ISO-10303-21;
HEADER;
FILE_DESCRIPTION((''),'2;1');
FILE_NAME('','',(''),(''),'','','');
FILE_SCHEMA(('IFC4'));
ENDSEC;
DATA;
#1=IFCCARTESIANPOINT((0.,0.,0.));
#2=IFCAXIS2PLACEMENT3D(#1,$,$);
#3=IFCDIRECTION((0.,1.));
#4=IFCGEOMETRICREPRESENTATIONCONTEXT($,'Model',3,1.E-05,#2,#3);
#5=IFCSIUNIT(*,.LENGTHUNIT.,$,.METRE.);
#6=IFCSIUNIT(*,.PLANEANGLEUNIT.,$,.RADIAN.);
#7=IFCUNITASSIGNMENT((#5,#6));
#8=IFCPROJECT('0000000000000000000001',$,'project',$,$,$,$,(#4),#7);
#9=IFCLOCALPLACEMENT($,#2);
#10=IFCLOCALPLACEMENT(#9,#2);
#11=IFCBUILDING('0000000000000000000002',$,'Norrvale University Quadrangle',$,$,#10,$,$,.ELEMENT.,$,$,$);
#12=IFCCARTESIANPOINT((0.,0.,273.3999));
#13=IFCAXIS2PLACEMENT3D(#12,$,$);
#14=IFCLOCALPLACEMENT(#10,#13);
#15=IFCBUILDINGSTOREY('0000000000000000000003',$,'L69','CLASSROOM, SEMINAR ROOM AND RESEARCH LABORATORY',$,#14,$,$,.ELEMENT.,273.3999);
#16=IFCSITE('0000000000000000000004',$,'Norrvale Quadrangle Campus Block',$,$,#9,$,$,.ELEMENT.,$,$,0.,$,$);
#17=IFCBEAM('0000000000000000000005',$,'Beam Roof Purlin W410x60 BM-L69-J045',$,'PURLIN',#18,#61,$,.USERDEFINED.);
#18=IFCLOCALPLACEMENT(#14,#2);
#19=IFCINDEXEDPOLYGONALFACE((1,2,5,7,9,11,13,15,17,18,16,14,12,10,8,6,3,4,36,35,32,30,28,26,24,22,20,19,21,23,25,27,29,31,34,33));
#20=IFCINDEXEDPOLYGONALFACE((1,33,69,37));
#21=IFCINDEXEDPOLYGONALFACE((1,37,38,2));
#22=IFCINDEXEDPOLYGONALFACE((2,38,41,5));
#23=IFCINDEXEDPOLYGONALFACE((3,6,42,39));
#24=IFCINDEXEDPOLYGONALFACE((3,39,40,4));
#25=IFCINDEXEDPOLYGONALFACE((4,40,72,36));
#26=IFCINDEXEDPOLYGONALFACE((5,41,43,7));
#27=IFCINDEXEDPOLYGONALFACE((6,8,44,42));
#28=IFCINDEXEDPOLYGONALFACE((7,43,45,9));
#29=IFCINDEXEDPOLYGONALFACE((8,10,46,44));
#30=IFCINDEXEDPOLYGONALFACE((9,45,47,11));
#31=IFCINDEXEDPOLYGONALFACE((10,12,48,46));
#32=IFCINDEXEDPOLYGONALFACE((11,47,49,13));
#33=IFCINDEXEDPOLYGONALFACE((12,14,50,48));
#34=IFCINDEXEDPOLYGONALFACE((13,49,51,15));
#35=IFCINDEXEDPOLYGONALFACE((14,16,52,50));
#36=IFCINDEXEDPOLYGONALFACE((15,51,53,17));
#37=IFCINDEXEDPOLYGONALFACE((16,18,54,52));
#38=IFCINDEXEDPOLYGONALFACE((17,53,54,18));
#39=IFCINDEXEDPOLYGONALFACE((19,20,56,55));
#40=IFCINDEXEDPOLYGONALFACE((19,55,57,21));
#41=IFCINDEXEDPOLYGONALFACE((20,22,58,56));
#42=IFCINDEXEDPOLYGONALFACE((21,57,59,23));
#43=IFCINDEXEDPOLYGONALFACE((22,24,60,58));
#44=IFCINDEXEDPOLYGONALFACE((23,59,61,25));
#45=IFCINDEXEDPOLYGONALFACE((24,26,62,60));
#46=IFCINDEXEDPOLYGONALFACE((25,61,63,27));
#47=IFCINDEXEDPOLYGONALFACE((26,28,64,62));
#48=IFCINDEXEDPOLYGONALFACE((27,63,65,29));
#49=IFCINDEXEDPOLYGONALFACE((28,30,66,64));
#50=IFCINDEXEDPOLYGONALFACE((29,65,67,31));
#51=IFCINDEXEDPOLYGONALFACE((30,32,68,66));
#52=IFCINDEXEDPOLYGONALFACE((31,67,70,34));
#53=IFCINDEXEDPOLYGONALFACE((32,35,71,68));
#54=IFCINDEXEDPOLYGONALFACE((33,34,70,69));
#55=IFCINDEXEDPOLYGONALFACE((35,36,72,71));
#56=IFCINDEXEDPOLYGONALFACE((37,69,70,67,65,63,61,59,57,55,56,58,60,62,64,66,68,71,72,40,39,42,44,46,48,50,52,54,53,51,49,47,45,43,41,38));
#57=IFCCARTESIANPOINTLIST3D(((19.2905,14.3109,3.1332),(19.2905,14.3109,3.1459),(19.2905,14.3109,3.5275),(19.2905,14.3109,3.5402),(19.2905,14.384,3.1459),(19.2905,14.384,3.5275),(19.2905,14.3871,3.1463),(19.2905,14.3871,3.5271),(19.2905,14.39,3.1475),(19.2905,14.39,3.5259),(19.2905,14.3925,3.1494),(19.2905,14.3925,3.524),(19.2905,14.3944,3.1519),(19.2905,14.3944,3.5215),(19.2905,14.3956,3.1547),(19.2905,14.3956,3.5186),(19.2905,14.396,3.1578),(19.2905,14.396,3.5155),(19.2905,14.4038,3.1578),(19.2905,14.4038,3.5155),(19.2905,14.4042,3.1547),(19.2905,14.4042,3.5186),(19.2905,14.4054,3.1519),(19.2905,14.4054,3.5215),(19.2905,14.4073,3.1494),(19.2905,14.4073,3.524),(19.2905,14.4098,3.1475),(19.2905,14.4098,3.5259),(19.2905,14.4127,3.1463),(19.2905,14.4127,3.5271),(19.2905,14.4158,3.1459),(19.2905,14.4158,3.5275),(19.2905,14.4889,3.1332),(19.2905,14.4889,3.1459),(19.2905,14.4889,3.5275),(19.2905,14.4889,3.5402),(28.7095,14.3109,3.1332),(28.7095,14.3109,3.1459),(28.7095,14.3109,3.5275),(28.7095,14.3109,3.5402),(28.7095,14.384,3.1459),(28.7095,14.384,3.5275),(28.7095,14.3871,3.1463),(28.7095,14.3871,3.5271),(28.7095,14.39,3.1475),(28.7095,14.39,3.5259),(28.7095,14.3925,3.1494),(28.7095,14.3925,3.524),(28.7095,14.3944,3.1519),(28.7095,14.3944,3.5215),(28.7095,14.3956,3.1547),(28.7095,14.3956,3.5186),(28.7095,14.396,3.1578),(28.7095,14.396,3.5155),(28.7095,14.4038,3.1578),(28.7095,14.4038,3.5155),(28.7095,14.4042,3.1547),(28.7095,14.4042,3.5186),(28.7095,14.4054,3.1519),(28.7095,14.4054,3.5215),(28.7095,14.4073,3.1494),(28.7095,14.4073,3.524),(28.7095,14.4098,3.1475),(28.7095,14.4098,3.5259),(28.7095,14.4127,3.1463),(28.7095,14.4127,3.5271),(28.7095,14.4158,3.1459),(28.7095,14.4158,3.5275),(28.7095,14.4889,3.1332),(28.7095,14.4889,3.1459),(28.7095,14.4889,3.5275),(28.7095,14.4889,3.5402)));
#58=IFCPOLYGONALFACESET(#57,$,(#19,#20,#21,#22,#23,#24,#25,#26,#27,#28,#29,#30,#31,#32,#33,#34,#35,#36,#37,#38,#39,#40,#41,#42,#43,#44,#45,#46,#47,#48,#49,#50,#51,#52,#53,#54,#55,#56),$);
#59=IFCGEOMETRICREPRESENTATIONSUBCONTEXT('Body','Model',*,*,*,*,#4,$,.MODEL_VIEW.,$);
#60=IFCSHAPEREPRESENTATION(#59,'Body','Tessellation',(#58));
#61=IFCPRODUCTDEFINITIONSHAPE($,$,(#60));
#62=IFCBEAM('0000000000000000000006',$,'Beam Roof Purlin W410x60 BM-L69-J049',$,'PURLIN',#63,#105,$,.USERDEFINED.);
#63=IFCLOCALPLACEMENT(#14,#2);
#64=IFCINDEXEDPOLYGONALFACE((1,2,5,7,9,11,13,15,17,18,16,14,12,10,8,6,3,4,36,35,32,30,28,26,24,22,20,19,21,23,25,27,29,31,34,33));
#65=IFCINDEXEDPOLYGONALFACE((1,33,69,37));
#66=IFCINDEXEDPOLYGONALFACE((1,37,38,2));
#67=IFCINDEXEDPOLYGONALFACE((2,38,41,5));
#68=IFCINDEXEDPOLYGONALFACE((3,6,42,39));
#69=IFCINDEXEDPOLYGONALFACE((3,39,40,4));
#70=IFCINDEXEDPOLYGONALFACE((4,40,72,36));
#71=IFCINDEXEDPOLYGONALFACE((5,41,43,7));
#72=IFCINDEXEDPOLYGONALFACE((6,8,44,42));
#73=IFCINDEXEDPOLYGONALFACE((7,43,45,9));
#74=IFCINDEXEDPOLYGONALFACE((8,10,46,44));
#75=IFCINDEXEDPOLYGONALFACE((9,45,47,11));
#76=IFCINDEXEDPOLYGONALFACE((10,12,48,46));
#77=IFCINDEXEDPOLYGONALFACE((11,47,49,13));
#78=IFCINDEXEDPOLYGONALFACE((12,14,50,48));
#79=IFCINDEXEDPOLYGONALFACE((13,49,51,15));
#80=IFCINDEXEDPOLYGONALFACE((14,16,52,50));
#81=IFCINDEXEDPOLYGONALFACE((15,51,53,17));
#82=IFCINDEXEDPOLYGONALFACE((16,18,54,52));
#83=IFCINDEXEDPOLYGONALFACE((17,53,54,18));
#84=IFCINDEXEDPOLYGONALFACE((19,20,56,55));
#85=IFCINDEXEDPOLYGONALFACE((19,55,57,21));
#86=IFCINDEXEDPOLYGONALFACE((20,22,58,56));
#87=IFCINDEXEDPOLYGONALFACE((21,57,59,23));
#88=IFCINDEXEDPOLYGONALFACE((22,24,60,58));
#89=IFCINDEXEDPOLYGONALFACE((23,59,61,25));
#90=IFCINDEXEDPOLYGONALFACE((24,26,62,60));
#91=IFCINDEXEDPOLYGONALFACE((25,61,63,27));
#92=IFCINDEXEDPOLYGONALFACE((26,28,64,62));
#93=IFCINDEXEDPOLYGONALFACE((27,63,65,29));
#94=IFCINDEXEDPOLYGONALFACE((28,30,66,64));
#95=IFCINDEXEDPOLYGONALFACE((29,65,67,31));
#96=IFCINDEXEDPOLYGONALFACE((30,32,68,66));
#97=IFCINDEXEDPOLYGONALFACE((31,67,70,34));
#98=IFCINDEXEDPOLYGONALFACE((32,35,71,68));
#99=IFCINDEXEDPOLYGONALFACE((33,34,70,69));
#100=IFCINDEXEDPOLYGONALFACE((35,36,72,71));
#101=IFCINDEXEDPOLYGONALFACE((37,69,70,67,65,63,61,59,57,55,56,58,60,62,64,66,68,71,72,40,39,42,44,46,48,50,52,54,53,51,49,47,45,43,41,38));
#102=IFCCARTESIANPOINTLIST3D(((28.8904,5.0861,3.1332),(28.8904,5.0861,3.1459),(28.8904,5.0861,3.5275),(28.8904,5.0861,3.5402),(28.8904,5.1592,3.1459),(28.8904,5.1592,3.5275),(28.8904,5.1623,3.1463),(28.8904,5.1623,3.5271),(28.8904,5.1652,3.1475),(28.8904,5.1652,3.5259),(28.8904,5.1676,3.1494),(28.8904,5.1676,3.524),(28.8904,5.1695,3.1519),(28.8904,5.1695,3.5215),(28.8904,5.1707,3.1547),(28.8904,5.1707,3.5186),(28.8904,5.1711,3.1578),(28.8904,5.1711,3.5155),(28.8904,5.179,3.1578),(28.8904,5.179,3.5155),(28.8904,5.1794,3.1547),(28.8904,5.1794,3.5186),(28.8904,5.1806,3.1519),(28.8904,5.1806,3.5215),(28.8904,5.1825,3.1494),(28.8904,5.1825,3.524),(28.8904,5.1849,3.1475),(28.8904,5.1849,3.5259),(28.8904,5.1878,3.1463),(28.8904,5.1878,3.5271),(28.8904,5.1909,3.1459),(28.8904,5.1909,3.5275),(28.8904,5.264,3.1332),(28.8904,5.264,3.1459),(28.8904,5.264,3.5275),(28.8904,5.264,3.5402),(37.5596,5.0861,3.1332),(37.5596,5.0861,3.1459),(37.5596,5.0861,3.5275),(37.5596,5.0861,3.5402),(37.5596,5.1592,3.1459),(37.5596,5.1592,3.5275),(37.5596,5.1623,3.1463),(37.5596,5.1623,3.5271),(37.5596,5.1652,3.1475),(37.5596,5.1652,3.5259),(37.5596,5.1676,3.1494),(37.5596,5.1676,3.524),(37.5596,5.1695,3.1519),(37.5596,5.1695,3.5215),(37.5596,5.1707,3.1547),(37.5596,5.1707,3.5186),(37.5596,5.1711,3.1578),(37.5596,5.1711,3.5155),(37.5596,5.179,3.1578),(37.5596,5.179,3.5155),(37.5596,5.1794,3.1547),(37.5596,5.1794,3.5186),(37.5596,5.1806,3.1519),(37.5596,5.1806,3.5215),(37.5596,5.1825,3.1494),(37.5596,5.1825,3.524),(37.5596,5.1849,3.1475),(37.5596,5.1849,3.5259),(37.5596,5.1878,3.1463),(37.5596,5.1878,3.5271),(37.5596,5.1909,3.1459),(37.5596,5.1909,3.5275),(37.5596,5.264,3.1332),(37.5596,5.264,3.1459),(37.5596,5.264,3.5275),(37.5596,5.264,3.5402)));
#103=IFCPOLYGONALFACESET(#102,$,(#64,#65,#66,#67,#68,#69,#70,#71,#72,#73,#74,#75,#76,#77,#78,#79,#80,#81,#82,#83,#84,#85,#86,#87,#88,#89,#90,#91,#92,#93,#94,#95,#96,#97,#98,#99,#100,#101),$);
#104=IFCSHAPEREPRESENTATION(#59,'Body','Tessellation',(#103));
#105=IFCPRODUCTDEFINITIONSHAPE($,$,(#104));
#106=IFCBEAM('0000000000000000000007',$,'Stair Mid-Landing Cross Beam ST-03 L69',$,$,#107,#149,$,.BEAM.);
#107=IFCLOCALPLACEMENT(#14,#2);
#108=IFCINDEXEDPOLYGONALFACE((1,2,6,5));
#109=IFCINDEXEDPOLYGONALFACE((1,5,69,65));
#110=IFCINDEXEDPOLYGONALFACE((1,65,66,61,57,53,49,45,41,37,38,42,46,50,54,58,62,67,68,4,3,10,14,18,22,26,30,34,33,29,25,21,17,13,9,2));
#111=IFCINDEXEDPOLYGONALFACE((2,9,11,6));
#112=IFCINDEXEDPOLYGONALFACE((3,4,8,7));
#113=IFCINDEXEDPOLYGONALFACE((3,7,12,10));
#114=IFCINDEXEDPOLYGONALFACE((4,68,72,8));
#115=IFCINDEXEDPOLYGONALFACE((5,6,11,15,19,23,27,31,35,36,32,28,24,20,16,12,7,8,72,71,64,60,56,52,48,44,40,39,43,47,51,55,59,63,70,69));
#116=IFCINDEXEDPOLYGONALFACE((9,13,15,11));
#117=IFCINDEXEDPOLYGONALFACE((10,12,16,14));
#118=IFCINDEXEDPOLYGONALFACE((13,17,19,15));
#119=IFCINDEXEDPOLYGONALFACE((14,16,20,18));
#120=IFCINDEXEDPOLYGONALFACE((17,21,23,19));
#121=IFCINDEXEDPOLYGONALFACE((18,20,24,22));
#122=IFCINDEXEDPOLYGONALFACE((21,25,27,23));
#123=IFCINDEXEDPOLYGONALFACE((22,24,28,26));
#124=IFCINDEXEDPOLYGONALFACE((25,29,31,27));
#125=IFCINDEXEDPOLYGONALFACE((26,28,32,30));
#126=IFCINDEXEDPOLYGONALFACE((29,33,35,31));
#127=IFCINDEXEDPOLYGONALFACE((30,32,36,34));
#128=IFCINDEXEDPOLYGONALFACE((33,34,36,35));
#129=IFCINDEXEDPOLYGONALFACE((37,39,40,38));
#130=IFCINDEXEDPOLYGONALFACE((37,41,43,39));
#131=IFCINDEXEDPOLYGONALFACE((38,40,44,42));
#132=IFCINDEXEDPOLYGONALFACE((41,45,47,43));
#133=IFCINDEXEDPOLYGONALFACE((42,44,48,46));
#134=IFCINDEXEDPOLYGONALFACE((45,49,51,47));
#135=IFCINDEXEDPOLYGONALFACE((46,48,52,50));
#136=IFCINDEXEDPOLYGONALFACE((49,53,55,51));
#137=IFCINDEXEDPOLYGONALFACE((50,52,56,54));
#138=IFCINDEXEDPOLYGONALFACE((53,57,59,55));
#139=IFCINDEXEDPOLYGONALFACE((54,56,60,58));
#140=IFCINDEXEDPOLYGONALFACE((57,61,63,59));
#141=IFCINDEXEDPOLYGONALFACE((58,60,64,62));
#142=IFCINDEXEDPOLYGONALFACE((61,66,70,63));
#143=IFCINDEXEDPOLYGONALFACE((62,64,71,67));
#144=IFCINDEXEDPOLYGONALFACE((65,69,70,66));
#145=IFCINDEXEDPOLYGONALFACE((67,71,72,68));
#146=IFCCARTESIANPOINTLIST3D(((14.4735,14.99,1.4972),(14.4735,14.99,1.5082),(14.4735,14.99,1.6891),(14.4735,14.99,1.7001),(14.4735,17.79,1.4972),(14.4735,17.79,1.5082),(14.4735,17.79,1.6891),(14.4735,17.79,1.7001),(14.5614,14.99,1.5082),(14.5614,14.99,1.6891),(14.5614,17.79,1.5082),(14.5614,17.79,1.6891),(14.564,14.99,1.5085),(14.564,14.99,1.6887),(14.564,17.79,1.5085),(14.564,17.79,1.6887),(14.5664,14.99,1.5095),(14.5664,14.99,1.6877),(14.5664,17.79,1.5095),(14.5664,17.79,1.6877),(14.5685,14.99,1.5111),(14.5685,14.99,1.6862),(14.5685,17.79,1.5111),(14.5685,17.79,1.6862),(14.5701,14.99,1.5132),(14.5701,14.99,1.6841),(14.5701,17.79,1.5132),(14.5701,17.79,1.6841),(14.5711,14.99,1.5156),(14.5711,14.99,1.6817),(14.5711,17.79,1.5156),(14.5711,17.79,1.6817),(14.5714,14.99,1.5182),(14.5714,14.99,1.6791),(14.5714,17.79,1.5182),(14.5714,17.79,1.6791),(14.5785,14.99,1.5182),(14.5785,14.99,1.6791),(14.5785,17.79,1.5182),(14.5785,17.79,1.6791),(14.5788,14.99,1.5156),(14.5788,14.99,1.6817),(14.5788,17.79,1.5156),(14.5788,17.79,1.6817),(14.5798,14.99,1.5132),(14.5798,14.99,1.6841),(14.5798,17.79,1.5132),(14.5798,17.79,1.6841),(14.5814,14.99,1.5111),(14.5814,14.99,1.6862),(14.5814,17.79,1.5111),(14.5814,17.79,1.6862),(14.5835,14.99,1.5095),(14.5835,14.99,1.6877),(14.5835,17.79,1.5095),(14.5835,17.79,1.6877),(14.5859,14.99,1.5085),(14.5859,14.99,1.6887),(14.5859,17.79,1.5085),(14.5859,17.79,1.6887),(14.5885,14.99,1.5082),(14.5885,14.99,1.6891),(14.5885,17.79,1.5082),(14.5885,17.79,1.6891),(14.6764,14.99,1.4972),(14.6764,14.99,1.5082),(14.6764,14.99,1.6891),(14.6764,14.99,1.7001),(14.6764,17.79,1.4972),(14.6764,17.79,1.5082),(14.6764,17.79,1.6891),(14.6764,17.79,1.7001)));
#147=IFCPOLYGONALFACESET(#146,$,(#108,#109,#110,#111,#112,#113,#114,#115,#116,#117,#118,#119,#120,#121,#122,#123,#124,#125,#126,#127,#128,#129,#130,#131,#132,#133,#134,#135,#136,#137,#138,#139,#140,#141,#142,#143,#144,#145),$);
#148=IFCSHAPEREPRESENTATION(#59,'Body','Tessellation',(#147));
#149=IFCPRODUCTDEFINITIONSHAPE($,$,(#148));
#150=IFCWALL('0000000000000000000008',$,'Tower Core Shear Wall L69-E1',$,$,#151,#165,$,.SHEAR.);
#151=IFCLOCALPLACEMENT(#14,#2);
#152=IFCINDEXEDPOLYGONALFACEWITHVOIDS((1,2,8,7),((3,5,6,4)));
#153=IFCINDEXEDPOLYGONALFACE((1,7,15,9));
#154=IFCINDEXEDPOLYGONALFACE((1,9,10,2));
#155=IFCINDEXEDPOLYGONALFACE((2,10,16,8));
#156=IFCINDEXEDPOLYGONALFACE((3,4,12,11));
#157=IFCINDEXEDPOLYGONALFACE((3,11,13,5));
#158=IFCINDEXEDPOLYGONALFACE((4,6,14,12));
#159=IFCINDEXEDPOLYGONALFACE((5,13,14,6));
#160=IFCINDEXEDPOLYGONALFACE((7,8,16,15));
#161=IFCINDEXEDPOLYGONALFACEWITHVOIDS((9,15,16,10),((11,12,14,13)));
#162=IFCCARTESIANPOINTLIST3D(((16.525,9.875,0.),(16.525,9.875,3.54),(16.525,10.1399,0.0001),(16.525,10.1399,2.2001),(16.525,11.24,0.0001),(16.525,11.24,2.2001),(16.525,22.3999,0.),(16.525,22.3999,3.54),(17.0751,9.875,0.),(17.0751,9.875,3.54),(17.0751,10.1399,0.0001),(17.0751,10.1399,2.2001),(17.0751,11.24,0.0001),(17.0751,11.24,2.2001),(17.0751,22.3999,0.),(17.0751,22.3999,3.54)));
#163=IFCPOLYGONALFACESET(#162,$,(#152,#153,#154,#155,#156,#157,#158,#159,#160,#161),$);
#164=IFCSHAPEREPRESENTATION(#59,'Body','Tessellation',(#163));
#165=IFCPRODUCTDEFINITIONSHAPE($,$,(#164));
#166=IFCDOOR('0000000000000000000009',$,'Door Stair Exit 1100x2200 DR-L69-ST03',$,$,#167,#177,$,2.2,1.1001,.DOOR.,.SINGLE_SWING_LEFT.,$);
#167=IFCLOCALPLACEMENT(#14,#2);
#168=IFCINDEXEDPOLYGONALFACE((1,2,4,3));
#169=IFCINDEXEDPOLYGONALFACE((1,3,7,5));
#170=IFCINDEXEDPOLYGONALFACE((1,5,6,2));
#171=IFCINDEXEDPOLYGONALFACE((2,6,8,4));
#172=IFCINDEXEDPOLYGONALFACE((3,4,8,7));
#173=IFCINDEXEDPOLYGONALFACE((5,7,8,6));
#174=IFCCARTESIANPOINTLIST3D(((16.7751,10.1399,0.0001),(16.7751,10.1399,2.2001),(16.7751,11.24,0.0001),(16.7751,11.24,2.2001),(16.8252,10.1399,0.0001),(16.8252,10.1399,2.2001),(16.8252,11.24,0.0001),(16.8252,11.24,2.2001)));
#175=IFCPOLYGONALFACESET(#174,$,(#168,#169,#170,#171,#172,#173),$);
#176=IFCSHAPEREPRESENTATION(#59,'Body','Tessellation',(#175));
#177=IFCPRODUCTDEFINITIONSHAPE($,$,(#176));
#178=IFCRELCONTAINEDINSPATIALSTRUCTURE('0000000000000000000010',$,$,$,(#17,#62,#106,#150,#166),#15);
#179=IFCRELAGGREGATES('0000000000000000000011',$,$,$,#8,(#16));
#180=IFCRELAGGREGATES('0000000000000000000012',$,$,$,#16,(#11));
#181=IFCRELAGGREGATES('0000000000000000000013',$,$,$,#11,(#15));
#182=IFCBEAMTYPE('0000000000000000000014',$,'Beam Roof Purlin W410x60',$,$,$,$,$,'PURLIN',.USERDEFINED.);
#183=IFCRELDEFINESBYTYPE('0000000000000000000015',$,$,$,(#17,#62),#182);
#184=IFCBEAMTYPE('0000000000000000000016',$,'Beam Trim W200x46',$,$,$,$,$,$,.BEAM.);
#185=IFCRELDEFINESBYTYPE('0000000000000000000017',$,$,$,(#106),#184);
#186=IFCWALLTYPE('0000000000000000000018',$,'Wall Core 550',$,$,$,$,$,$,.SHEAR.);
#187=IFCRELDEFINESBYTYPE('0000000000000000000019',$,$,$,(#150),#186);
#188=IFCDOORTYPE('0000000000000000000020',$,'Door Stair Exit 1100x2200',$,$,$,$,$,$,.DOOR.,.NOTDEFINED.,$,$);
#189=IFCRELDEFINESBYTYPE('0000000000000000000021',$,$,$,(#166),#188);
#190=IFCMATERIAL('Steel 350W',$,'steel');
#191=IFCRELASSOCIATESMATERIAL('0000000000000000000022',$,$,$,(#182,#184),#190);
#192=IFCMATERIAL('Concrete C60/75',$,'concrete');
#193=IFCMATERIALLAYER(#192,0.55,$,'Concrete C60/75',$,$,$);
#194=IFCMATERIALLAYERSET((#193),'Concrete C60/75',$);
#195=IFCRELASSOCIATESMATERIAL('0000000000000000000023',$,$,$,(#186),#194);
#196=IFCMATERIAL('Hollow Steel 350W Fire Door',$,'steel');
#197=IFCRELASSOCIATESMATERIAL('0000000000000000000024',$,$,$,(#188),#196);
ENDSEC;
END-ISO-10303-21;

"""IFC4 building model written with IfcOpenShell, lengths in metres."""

from ifc_helpers import new_model, si_unit, direction, frame, frame_2d, origin, origin_2d, place, context, subcontext, project, spatial, rectangle, i_section, extrude, material, layer, layer_set, material_profile, profile_set, type_object, element, fill, save


model = new_model("IFC4")

# Units and contexts
model_context = context("Model", 3, precision=1e-05, world=origin(), true_north=direction((0.0, 1.0)))
body_context = subcontext(model_context, "Body", "Model", "MODEL_VIEW")
ifc_project = project(units=[si_unit("LENGTHUNIT", "METRE"), si_unit("PLANEANGLEUNIT", "RADIAN")], contexts=[model_context])

# Site, building, storey
site_placement = place(None, origin())
site = spatial("IfcSite", under=ifc_project, at=site_placement, Name="Norrvale Quadrangle Campus Block", CompositionType="ELEMENT", RefElevation=0.0)
building_placement = place(site_placement, origin())
building = spatial("IfcBuilding", under=site, at=building_placement, Name="Norrvale University Quadrangle", CompositionType="ELEMENT")
storey_placement = place(building_placement, frame((0.0, 0.0, 273.3999)))
storey = spatial("IfcBuildingStorey", under=building, at=storey_placement, Name="L69", Description="CLASSROOM, SEMINAR ROOM AND RESEARCH LABORATORY", CompositionType="ELEMENT", Elevation=273.3999)

# Shared definitions
ifc_material_1 = material(Name="Concrete C60/75", Category="concrete")

# Beams
ifc_material_2 = material(Name="Steel 350W", Category="steel")
ifc_material_profile_1 = material_profile(ifc_material_2, i_section(OverallWidth=0.178, OverallDepth=0.407, WebThickness=0.0078, FlangeThickness=0.0127, FilletRadius=0.012, at=origin_2d()), Name="Steel 350W")
ifc_profile_set_1 = profile_set([ifc_material_profile_1], Name="Steel 350W")
beam_type_1 = type_object("IfcBeamType", Name="Beam Roof Purlin W410x60", ElementType="PURLIN", PredefinedType="USERDEFINED", material=ifc_profile_set_1)
for number, where, z_axis, x_axis, name in (
    (1, (19.2905, 14.3999, 3.3367), (1.0, 0.0, 0.0), (0.0, 1.0, 0.0), "Beam Roof Purlin W410x60 BM-L69-J045"),
):
    element("IfcBeam", number, at=place(storey_placement, frame(where, z_axis=z_axis, x_axis=x_axis)), inside=storey, type_object=beam_type_1, Name=name, ObjectType="PURLIN", PredefinedType="USERDEFINED", context=body_context, shape_type="SweptSolid", body=[
        extrude(i_section(OverallWidth=0.178, OverallDepth=0.407, WebThickness=0.0078, FlangeThickness=0.0127, FilletRadius=0.012, at=origin_2d()), origin(), (0.0, 0.0, 1.0), 9.4189),
    ])
beam_1_placement = place(storey_placement, frame((28.8904, 5.175, 3.3367), z_axis=(1.0, 0.0, 0.0), x_axis=(0.0, 1.0, 0.0)))
element("IfcBeam", 2, at=beam_1_placement, inside=storey, type_object=beam_type_1, Name="Beam Roof Purlin W410x60 BM-L69-J049", ObjectType="PURLIN", PredefinedType="USERDEFINED", context=body_context, shape_type="SweptSolid", body=[
    extrude(i_section(OverallWidth=0.178, OverallDepth=0.407, WebThickness=0.0078, FlangeThickness=0.0127, FilletRadius=0.012, at=origin_2d()), origin(), (0.0, 0.0, 1.0), 8.6692),
])
ifc_material_profile_2 = material_profile(ifc_material_2, i_section(OverallWidth=0.2029, OverallDepth=0.2029, WebThickness=0.0071, FlangeThickness=0.011, FilletRadius=0.01, at=origin_2d()), Name="Steel 350W")
ifc_profile_set_2 = profile_set([ifc_material_profile_2], Name="Steel 350W")
beam_type_2 = type_object("IfcBeamType", Name="Beam Trim W200x46", PredefinedType="BEAM", material=ifc_profile_set_2)
beam_2_placement = place(storey_placement, frame((14.575, 14.99, 1.5986), z_axis=(0.0, 1.0, 0.0), x_axis=(-1.0, 0.0, 0.0)))
element("IfcBeam", 3, at=beam_2_placement, inside=storey, type_object=beam_type_2, Name="Stair Mid-Landing Cross Beam ST-03 L69", PredefinedType="BEAM", context=body_context, shape_type="SweptSolid", body=[
    extrude(i_section(OverallWidth=0.2029, OverallDepth=0.2029, WebThickness=0.0071, FlangeThickness=0.011, FilletRadius=0.01, at=origin_2d()), origin(), (0.0, 0.0, 1.0), 2.8),
])

# Wall, opening, door
ifc_layer_1 = layer(ifc_material_1, 0.55, Name="Concrete C60/75")
ifc_layer_set_1 = layer_set([ifc_layer_1], Name="Concrete C60/75")
wall_type_1 = type_object("IfcWallType", Name="Wall Core 550", PredefinedType="SHEAR", material=ifc_layer_set_1)
wall_1_placement = place(storey_placement, frame((16.8, 9.875, 0.0), z_axis=(0.0, 0.0, 1.0), x_axis=(0.0, 1.0, 0.0)))
wall_1 = element("IfcWall", 4, at=wall_1_placement, inside=storey, type_object=wall_type_1, Name="Tower Core Shear Wall L69-E1", PredefinedType="SHEAR", context=body_context, shape_type="SweptSolid", body=[
    extrude(rectangle(XDim=12.5249, YDim=0.55, at=frame_2d((6.2625, 0.0))), origin(), (0.0, 0.0, 1.0), 3.54),
])
opening_1_placement = place(wall_1_placement, frame((0.2649, 0.0, 0.0)))
opening_1 = element("IfcOpeningElement", 5, at=opening_1_placement, cuts=wall_1, PredefinedType="OPENING", context=body_context, shape_type="SweptSolid", body=[
    extrude(rectangle(XDim=1.1001, YDim=2.2, at=frame_2d((0.55, 1.1001))), frame((0.0, 0.2871, 0.0), z_axis=(0.0, -1.0, 0.0), x_axis=(1.0, 0.0, 0.0)), (0.0, 0.0, 1.0), 0.574),
])
ifc_material_3 = material(Name="Hollow Steel 350W Fire Door", Category="steel")
door_type_1 = type_object("IfcDoorType", Name="Door Stair Exit 1100x2200", OperationType="NOTDEFINED", PredefinedType="DOOR", material=ifc_material_3)
door_1_placement = place(opening_1_placement, origin())
door_1 = element("IfcDoor", 6, at=door_1_placement, inside=storey, type_object=door_type_1, Name="Door Stair Exit 1100x2200 DR-L69-ST03", OperationType="SINGLE_SWING_LEFT", OverallHeight=2.2, OverallWidth=1.1001, PredefinedType="DOOR", context=body_context, shape_type="SweptSolid", body=[
    extrude(rectangle(XDim=1.1001, YDim=2.2, at=frame_2d((0.55, 1.1001))), frame((0.0, 0.0249, 0.0), z_axis=(0.0, -1.0, 0.0), x_axis=(1.0, 0.0, 0.0)), (0.0, 0.0, 1.0), 0.05),
])
fill(opening_1, door_1)

save(model, "model.ifc")
